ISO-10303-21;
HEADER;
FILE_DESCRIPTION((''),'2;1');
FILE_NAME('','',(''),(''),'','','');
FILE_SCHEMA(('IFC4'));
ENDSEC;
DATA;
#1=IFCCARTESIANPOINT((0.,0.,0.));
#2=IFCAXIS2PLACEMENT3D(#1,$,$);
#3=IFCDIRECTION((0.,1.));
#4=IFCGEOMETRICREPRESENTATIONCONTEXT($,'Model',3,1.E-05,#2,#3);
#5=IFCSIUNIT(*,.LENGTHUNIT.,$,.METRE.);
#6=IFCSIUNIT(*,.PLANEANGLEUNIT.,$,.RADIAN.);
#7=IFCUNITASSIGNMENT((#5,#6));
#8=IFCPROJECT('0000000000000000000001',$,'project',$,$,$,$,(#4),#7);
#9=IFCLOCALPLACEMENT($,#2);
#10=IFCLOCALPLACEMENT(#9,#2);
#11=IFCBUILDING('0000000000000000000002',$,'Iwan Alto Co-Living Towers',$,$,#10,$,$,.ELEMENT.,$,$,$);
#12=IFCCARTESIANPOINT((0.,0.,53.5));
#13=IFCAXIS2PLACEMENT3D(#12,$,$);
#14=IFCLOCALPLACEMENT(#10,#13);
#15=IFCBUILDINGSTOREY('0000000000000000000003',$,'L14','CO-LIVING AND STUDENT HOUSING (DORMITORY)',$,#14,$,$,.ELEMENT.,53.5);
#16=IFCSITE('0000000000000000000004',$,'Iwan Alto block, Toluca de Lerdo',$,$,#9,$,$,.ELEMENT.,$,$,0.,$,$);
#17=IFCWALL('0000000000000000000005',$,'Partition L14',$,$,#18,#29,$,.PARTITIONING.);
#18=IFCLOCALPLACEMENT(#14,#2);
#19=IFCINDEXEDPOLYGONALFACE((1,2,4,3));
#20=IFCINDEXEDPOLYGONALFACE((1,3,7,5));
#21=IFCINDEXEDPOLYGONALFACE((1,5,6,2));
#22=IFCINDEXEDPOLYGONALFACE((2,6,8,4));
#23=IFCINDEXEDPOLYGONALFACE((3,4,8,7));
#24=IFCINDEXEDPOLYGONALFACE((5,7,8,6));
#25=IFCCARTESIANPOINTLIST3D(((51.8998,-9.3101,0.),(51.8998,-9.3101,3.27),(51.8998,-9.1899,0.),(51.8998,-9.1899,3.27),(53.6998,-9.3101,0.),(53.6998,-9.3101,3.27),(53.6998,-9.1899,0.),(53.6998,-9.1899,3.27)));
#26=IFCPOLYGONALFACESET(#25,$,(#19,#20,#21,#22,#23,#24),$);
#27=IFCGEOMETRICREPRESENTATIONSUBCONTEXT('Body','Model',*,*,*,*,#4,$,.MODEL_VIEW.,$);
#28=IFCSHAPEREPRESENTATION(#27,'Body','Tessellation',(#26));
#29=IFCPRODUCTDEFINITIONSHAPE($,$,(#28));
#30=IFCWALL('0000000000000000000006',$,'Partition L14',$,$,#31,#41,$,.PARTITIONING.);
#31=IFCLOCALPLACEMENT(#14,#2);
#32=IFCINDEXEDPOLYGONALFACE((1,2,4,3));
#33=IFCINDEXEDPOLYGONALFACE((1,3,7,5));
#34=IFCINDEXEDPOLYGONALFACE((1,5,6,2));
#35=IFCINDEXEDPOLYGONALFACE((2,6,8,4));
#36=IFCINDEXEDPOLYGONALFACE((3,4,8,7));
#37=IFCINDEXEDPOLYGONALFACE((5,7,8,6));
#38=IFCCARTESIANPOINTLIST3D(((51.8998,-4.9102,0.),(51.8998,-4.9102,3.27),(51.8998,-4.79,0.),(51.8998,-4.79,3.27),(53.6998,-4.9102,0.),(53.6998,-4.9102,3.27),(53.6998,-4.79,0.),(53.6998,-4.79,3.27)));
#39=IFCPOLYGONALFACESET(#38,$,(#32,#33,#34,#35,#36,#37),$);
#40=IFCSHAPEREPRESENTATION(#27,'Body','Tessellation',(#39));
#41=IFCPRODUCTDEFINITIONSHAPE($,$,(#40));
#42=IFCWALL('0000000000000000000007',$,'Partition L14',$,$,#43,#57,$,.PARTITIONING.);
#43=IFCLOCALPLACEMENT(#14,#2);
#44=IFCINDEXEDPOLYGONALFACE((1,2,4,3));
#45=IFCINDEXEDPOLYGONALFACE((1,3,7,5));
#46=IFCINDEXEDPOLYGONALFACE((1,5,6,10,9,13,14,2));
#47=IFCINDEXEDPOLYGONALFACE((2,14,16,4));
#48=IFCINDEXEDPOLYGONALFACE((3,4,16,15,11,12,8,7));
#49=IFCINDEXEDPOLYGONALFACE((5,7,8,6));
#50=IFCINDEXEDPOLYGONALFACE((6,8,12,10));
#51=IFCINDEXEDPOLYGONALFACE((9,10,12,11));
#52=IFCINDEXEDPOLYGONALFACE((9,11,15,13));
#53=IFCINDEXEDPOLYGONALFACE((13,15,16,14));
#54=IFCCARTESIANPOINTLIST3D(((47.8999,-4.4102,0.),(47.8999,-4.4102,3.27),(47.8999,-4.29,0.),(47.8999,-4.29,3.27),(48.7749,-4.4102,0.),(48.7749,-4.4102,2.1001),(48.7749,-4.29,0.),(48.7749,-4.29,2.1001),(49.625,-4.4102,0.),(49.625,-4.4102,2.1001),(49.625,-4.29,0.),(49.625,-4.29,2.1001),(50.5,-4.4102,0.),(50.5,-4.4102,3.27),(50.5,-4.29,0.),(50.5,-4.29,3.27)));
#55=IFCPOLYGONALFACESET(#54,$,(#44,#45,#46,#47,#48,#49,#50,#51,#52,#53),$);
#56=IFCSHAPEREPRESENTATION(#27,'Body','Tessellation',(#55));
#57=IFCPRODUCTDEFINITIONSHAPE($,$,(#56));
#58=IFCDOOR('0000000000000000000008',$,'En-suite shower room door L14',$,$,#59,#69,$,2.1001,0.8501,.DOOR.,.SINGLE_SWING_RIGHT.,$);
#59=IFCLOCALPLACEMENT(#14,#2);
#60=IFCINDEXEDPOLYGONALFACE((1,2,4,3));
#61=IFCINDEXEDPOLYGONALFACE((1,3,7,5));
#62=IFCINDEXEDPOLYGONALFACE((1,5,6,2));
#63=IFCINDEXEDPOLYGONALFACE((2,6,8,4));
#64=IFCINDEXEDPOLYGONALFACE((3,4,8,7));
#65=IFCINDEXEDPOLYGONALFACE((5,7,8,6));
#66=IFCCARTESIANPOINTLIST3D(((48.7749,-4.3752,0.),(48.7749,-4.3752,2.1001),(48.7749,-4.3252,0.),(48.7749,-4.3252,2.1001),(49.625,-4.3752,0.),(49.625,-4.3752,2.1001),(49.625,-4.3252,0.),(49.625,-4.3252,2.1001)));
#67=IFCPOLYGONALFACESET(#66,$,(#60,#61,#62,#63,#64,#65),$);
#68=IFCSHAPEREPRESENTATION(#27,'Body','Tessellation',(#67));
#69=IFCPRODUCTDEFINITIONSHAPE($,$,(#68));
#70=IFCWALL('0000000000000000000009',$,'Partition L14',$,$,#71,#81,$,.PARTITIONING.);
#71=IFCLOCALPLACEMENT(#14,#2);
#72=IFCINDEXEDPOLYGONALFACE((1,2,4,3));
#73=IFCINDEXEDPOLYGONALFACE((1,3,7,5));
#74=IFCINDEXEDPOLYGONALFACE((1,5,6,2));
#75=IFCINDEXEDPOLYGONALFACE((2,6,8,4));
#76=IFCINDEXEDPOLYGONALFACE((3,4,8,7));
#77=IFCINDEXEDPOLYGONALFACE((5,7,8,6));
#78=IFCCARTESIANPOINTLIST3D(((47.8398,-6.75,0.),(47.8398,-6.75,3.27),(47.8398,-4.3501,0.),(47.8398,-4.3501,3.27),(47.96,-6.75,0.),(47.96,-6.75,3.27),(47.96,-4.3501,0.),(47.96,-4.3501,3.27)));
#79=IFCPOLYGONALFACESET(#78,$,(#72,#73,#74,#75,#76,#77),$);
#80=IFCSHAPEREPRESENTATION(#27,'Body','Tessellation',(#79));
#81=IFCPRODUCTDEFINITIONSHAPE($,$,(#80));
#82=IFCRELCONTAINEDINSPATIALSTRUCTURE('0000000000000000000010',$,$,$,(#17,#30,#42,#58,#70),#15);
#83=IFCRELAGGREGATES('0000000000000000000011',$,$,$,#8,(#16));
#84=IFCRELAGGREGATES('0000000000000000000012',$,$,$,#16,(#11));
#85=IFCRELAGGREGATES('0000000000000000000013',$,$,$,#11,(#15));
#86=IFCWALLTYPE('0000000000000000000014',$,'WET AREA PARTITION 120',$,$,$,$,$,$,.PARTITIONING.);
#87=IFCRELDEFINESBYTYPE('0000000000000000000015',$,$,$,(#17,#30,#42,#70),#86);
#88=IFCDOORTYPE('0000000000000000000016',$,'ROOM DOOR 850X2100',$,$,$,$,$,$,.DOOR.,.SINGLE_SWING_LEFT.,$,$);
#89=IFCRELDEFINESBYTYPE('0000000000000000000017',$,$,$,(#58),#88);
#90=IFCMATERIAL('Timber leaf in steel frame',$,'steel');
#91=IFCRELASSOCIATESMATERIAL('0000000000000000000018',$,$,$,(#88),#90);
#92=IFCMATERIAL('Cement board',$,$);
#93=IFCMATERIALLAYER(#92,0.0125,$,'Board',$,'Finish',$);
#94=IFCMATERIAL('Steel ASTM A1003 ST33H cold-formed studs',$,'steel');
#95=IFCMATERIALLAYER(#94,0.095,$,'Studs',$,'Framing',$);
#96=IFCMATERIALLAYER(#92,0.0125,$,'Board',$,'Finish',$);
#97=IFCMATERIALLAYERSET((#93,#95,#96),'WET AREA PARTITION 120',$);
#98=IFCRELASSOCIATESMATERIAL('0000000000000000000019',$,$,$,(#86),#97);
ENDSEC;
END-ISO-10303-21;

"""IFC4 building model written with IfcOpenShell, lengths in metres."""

from ifc_helpers import new_model, si_unit, direction, frame, frame_2d, origin, place, context, subcontext, project, spatial, rectangle, extrude, material, layer, layer_set, type_object, element, fill, save


model = new_model("IFC4")

# Units and contexts
model_context = context("Model", 3, precision=1e-05, world=origin(), true_north=direction((0.0, 1.0)))
body_context = subcontext(model_context, "Body", "Model", "MODEL_VIEW")
ifc_project = project(units=[si_unit("LENGTHUNIT", "METRE"), si_unit("PLANEANGLEUNIT", "RADIAN")], contexts=[model_context])

# Site, building, storey
site_placement = place(None, origin())
site = spatial("IfcSite", under=ifc_project, at=site_placement, Name="Iwan Alto block, Toluca de Lerdo", CompositionType="ELEMENT", RefElevation=0.0)
building_placement = place(site_placement, origin())
building = spatial("IfcBuilding", under=site, at=building_placement, Name="Iwan Alto Co-Living Towers", CompositionType="ELEMENT")
storey_placement = place(building_placement, frame((0.0, 0.0, 53.5)))
storey = spatial("IfcBuildingStorey", under=building, at=storey_placement, Name="L14", Description="CO-LIVING AND STUDENT HOUSING (DORMITORY)", CompositionType="ELEMENT", Elevation=53.5)

# Shared definitions
ifc_material_1 = material(Name="Steel ASTM A1003 ST33H cold-formed studs", Category="steel")

# Shared definitions
ifc_material_2 = material(Name="Timber leaf in steel frame", Category="steel")
door_type_1 = type_object("IfcDoorType", Name="ROOM DOOR 850X2100", OperationType="SINGLE_SWING_LEFT", PredefinedType="DOOR", material=ifc_material_2)

# Walls
ifc_material_3 = material(Name="Cement board")
ifc_layer_1 = layer(ifc_material_3, 0.0125, Name="Board", Category="Finish")
ifc_layer_2 = layer(ifc_material_1, 0.095, Name="Studs", Category="Framing")
ifc_layer_3 = layer(ifc_material_3, 0.0125, Name="Board", Category="Finish")
ifc_layer_set_1 = layer_set([ifc_layer_1, ifc_layer_2, ifc_layer_3], Name="WET AREA PARTITION 120")
wall_type_1 = type_object("IfcWallType", Name="WET AREA PARTITION 120", PredefinedType="PARTITIONING", material=ifc_layer_set_1)
for number, where, z_axis, x_axis, name in (
    (1, (51.8999, -9.25, 0.0), (0.0, 0.0, 1.0), (1.0, 0.0, 0.0), "Partition L14"),
    (2, (51.8999, -4.8501, 0.0), (0.0, 0.0, 1.0), (1.0, 0.0, 0.0), "Partition L14"),
):
    element("IfcWall", number, at=place(storey_placement, frame(where, z_axis=z_axis, x_axis=x_axis)), inside=storey, type_object=wall_type_1, Name=name, PredefinedType="PARTITIONING", context=body_context, shape_type="SweptSolid", body=[
        extrude(rectangle(XDim=1.8, YDim=0.1201, at=frame_2d((0.8999, 0.0))), origin(), (0.0, 0.0, 1.0), 3.27),
    ])

# Wall, opening, door
wall_1_placement = place(storey_placement, frame((47.8999, -4.3501, 0.0), z_axis=(0.0, 0.0, 1.0), x_axis=(1.0, 0.0, 0.0)))
wall_1 = element("IfcWall", 3, at=wall_1_placement, inside=storey, type_object=wall_type_1, Name="Partition L14", PredefinedType="PARTITIONING", context=body_context, shape_type="SweptSolid", body=[
    extrude(rectangle(XDim=2.6001, YDim=0.1201, at=frame_2d((1.3, 0.0))), origin(), (0.0, 0.0, 1.0), 3.27),
])
opening_1_placement = place(wall_1_placement, frame((0.875, 0.0, 0.0)))
opening_1 = element("IfcOpeningElement", 4, at=opening_1_placement, cuts=wall_1, PredefinedType="OPENING", context=body_context, shape_type="SweptSolid", body=[
    extrude(rectangle(XDim=0.8501, YDim=2.1001, at=frame_2d((0.425, 1.05))), frame((0.0, 0.0701, 0.0), z_axis=(0.0, -1.0, 0.0), x_axis=(1.0, 0.0, 0.0)), (0.0, 0.0, 1.0), 0.1401),
])
door_1_placement = place(opening_1_placement, origin())
door_1 = element("IfcDoor", 5, at=door_1_placement, inside=storey, type_object=door_type_1, Name="En-suite shower room door L14", OperationType="SINGLE_SWING_RIGHT", OverallHeight=2.1001, OverallWidth=0.8501, PredefinedType="DOOR", context=body_context, shape_type="SweptSolid", body=[
    extrude(rectangle(XDim=0.8501, YDim=2.1001, at=frame_2d((0.425, 1.05))), frame((0.0, 0.0249, 0.0), z_axis=(0.0, -1.0, 0.0), x_axis=(1.0, 0.0, 0.0)), (0.0, 0.0, 1.0), 0.05),
])
fill(opening_1, door_1)

# Wall
wall_2_placement = place(storey_placement, frame((47.8999, -6.75, 0.0), z_axis=(0.0, 0.0, 1.0), x_axis=(0.0, 1.0, 0.0)))
element("IfcWall", 6, at=wall_2_placement, inside=storey, type_object=wall_type_1, Name="Partition L14", PredefinedType="PARTITIONING", context=body_context, shape_type="SweptSolid", body=[
    extrude(rectangle(XDim=2.3999, YDim=0.1201, at=frame_2d((1.2, 0.0))), origin(), (0.0, 0.0, 1.0), 3.27),
])

save(model, "model.ifc")
